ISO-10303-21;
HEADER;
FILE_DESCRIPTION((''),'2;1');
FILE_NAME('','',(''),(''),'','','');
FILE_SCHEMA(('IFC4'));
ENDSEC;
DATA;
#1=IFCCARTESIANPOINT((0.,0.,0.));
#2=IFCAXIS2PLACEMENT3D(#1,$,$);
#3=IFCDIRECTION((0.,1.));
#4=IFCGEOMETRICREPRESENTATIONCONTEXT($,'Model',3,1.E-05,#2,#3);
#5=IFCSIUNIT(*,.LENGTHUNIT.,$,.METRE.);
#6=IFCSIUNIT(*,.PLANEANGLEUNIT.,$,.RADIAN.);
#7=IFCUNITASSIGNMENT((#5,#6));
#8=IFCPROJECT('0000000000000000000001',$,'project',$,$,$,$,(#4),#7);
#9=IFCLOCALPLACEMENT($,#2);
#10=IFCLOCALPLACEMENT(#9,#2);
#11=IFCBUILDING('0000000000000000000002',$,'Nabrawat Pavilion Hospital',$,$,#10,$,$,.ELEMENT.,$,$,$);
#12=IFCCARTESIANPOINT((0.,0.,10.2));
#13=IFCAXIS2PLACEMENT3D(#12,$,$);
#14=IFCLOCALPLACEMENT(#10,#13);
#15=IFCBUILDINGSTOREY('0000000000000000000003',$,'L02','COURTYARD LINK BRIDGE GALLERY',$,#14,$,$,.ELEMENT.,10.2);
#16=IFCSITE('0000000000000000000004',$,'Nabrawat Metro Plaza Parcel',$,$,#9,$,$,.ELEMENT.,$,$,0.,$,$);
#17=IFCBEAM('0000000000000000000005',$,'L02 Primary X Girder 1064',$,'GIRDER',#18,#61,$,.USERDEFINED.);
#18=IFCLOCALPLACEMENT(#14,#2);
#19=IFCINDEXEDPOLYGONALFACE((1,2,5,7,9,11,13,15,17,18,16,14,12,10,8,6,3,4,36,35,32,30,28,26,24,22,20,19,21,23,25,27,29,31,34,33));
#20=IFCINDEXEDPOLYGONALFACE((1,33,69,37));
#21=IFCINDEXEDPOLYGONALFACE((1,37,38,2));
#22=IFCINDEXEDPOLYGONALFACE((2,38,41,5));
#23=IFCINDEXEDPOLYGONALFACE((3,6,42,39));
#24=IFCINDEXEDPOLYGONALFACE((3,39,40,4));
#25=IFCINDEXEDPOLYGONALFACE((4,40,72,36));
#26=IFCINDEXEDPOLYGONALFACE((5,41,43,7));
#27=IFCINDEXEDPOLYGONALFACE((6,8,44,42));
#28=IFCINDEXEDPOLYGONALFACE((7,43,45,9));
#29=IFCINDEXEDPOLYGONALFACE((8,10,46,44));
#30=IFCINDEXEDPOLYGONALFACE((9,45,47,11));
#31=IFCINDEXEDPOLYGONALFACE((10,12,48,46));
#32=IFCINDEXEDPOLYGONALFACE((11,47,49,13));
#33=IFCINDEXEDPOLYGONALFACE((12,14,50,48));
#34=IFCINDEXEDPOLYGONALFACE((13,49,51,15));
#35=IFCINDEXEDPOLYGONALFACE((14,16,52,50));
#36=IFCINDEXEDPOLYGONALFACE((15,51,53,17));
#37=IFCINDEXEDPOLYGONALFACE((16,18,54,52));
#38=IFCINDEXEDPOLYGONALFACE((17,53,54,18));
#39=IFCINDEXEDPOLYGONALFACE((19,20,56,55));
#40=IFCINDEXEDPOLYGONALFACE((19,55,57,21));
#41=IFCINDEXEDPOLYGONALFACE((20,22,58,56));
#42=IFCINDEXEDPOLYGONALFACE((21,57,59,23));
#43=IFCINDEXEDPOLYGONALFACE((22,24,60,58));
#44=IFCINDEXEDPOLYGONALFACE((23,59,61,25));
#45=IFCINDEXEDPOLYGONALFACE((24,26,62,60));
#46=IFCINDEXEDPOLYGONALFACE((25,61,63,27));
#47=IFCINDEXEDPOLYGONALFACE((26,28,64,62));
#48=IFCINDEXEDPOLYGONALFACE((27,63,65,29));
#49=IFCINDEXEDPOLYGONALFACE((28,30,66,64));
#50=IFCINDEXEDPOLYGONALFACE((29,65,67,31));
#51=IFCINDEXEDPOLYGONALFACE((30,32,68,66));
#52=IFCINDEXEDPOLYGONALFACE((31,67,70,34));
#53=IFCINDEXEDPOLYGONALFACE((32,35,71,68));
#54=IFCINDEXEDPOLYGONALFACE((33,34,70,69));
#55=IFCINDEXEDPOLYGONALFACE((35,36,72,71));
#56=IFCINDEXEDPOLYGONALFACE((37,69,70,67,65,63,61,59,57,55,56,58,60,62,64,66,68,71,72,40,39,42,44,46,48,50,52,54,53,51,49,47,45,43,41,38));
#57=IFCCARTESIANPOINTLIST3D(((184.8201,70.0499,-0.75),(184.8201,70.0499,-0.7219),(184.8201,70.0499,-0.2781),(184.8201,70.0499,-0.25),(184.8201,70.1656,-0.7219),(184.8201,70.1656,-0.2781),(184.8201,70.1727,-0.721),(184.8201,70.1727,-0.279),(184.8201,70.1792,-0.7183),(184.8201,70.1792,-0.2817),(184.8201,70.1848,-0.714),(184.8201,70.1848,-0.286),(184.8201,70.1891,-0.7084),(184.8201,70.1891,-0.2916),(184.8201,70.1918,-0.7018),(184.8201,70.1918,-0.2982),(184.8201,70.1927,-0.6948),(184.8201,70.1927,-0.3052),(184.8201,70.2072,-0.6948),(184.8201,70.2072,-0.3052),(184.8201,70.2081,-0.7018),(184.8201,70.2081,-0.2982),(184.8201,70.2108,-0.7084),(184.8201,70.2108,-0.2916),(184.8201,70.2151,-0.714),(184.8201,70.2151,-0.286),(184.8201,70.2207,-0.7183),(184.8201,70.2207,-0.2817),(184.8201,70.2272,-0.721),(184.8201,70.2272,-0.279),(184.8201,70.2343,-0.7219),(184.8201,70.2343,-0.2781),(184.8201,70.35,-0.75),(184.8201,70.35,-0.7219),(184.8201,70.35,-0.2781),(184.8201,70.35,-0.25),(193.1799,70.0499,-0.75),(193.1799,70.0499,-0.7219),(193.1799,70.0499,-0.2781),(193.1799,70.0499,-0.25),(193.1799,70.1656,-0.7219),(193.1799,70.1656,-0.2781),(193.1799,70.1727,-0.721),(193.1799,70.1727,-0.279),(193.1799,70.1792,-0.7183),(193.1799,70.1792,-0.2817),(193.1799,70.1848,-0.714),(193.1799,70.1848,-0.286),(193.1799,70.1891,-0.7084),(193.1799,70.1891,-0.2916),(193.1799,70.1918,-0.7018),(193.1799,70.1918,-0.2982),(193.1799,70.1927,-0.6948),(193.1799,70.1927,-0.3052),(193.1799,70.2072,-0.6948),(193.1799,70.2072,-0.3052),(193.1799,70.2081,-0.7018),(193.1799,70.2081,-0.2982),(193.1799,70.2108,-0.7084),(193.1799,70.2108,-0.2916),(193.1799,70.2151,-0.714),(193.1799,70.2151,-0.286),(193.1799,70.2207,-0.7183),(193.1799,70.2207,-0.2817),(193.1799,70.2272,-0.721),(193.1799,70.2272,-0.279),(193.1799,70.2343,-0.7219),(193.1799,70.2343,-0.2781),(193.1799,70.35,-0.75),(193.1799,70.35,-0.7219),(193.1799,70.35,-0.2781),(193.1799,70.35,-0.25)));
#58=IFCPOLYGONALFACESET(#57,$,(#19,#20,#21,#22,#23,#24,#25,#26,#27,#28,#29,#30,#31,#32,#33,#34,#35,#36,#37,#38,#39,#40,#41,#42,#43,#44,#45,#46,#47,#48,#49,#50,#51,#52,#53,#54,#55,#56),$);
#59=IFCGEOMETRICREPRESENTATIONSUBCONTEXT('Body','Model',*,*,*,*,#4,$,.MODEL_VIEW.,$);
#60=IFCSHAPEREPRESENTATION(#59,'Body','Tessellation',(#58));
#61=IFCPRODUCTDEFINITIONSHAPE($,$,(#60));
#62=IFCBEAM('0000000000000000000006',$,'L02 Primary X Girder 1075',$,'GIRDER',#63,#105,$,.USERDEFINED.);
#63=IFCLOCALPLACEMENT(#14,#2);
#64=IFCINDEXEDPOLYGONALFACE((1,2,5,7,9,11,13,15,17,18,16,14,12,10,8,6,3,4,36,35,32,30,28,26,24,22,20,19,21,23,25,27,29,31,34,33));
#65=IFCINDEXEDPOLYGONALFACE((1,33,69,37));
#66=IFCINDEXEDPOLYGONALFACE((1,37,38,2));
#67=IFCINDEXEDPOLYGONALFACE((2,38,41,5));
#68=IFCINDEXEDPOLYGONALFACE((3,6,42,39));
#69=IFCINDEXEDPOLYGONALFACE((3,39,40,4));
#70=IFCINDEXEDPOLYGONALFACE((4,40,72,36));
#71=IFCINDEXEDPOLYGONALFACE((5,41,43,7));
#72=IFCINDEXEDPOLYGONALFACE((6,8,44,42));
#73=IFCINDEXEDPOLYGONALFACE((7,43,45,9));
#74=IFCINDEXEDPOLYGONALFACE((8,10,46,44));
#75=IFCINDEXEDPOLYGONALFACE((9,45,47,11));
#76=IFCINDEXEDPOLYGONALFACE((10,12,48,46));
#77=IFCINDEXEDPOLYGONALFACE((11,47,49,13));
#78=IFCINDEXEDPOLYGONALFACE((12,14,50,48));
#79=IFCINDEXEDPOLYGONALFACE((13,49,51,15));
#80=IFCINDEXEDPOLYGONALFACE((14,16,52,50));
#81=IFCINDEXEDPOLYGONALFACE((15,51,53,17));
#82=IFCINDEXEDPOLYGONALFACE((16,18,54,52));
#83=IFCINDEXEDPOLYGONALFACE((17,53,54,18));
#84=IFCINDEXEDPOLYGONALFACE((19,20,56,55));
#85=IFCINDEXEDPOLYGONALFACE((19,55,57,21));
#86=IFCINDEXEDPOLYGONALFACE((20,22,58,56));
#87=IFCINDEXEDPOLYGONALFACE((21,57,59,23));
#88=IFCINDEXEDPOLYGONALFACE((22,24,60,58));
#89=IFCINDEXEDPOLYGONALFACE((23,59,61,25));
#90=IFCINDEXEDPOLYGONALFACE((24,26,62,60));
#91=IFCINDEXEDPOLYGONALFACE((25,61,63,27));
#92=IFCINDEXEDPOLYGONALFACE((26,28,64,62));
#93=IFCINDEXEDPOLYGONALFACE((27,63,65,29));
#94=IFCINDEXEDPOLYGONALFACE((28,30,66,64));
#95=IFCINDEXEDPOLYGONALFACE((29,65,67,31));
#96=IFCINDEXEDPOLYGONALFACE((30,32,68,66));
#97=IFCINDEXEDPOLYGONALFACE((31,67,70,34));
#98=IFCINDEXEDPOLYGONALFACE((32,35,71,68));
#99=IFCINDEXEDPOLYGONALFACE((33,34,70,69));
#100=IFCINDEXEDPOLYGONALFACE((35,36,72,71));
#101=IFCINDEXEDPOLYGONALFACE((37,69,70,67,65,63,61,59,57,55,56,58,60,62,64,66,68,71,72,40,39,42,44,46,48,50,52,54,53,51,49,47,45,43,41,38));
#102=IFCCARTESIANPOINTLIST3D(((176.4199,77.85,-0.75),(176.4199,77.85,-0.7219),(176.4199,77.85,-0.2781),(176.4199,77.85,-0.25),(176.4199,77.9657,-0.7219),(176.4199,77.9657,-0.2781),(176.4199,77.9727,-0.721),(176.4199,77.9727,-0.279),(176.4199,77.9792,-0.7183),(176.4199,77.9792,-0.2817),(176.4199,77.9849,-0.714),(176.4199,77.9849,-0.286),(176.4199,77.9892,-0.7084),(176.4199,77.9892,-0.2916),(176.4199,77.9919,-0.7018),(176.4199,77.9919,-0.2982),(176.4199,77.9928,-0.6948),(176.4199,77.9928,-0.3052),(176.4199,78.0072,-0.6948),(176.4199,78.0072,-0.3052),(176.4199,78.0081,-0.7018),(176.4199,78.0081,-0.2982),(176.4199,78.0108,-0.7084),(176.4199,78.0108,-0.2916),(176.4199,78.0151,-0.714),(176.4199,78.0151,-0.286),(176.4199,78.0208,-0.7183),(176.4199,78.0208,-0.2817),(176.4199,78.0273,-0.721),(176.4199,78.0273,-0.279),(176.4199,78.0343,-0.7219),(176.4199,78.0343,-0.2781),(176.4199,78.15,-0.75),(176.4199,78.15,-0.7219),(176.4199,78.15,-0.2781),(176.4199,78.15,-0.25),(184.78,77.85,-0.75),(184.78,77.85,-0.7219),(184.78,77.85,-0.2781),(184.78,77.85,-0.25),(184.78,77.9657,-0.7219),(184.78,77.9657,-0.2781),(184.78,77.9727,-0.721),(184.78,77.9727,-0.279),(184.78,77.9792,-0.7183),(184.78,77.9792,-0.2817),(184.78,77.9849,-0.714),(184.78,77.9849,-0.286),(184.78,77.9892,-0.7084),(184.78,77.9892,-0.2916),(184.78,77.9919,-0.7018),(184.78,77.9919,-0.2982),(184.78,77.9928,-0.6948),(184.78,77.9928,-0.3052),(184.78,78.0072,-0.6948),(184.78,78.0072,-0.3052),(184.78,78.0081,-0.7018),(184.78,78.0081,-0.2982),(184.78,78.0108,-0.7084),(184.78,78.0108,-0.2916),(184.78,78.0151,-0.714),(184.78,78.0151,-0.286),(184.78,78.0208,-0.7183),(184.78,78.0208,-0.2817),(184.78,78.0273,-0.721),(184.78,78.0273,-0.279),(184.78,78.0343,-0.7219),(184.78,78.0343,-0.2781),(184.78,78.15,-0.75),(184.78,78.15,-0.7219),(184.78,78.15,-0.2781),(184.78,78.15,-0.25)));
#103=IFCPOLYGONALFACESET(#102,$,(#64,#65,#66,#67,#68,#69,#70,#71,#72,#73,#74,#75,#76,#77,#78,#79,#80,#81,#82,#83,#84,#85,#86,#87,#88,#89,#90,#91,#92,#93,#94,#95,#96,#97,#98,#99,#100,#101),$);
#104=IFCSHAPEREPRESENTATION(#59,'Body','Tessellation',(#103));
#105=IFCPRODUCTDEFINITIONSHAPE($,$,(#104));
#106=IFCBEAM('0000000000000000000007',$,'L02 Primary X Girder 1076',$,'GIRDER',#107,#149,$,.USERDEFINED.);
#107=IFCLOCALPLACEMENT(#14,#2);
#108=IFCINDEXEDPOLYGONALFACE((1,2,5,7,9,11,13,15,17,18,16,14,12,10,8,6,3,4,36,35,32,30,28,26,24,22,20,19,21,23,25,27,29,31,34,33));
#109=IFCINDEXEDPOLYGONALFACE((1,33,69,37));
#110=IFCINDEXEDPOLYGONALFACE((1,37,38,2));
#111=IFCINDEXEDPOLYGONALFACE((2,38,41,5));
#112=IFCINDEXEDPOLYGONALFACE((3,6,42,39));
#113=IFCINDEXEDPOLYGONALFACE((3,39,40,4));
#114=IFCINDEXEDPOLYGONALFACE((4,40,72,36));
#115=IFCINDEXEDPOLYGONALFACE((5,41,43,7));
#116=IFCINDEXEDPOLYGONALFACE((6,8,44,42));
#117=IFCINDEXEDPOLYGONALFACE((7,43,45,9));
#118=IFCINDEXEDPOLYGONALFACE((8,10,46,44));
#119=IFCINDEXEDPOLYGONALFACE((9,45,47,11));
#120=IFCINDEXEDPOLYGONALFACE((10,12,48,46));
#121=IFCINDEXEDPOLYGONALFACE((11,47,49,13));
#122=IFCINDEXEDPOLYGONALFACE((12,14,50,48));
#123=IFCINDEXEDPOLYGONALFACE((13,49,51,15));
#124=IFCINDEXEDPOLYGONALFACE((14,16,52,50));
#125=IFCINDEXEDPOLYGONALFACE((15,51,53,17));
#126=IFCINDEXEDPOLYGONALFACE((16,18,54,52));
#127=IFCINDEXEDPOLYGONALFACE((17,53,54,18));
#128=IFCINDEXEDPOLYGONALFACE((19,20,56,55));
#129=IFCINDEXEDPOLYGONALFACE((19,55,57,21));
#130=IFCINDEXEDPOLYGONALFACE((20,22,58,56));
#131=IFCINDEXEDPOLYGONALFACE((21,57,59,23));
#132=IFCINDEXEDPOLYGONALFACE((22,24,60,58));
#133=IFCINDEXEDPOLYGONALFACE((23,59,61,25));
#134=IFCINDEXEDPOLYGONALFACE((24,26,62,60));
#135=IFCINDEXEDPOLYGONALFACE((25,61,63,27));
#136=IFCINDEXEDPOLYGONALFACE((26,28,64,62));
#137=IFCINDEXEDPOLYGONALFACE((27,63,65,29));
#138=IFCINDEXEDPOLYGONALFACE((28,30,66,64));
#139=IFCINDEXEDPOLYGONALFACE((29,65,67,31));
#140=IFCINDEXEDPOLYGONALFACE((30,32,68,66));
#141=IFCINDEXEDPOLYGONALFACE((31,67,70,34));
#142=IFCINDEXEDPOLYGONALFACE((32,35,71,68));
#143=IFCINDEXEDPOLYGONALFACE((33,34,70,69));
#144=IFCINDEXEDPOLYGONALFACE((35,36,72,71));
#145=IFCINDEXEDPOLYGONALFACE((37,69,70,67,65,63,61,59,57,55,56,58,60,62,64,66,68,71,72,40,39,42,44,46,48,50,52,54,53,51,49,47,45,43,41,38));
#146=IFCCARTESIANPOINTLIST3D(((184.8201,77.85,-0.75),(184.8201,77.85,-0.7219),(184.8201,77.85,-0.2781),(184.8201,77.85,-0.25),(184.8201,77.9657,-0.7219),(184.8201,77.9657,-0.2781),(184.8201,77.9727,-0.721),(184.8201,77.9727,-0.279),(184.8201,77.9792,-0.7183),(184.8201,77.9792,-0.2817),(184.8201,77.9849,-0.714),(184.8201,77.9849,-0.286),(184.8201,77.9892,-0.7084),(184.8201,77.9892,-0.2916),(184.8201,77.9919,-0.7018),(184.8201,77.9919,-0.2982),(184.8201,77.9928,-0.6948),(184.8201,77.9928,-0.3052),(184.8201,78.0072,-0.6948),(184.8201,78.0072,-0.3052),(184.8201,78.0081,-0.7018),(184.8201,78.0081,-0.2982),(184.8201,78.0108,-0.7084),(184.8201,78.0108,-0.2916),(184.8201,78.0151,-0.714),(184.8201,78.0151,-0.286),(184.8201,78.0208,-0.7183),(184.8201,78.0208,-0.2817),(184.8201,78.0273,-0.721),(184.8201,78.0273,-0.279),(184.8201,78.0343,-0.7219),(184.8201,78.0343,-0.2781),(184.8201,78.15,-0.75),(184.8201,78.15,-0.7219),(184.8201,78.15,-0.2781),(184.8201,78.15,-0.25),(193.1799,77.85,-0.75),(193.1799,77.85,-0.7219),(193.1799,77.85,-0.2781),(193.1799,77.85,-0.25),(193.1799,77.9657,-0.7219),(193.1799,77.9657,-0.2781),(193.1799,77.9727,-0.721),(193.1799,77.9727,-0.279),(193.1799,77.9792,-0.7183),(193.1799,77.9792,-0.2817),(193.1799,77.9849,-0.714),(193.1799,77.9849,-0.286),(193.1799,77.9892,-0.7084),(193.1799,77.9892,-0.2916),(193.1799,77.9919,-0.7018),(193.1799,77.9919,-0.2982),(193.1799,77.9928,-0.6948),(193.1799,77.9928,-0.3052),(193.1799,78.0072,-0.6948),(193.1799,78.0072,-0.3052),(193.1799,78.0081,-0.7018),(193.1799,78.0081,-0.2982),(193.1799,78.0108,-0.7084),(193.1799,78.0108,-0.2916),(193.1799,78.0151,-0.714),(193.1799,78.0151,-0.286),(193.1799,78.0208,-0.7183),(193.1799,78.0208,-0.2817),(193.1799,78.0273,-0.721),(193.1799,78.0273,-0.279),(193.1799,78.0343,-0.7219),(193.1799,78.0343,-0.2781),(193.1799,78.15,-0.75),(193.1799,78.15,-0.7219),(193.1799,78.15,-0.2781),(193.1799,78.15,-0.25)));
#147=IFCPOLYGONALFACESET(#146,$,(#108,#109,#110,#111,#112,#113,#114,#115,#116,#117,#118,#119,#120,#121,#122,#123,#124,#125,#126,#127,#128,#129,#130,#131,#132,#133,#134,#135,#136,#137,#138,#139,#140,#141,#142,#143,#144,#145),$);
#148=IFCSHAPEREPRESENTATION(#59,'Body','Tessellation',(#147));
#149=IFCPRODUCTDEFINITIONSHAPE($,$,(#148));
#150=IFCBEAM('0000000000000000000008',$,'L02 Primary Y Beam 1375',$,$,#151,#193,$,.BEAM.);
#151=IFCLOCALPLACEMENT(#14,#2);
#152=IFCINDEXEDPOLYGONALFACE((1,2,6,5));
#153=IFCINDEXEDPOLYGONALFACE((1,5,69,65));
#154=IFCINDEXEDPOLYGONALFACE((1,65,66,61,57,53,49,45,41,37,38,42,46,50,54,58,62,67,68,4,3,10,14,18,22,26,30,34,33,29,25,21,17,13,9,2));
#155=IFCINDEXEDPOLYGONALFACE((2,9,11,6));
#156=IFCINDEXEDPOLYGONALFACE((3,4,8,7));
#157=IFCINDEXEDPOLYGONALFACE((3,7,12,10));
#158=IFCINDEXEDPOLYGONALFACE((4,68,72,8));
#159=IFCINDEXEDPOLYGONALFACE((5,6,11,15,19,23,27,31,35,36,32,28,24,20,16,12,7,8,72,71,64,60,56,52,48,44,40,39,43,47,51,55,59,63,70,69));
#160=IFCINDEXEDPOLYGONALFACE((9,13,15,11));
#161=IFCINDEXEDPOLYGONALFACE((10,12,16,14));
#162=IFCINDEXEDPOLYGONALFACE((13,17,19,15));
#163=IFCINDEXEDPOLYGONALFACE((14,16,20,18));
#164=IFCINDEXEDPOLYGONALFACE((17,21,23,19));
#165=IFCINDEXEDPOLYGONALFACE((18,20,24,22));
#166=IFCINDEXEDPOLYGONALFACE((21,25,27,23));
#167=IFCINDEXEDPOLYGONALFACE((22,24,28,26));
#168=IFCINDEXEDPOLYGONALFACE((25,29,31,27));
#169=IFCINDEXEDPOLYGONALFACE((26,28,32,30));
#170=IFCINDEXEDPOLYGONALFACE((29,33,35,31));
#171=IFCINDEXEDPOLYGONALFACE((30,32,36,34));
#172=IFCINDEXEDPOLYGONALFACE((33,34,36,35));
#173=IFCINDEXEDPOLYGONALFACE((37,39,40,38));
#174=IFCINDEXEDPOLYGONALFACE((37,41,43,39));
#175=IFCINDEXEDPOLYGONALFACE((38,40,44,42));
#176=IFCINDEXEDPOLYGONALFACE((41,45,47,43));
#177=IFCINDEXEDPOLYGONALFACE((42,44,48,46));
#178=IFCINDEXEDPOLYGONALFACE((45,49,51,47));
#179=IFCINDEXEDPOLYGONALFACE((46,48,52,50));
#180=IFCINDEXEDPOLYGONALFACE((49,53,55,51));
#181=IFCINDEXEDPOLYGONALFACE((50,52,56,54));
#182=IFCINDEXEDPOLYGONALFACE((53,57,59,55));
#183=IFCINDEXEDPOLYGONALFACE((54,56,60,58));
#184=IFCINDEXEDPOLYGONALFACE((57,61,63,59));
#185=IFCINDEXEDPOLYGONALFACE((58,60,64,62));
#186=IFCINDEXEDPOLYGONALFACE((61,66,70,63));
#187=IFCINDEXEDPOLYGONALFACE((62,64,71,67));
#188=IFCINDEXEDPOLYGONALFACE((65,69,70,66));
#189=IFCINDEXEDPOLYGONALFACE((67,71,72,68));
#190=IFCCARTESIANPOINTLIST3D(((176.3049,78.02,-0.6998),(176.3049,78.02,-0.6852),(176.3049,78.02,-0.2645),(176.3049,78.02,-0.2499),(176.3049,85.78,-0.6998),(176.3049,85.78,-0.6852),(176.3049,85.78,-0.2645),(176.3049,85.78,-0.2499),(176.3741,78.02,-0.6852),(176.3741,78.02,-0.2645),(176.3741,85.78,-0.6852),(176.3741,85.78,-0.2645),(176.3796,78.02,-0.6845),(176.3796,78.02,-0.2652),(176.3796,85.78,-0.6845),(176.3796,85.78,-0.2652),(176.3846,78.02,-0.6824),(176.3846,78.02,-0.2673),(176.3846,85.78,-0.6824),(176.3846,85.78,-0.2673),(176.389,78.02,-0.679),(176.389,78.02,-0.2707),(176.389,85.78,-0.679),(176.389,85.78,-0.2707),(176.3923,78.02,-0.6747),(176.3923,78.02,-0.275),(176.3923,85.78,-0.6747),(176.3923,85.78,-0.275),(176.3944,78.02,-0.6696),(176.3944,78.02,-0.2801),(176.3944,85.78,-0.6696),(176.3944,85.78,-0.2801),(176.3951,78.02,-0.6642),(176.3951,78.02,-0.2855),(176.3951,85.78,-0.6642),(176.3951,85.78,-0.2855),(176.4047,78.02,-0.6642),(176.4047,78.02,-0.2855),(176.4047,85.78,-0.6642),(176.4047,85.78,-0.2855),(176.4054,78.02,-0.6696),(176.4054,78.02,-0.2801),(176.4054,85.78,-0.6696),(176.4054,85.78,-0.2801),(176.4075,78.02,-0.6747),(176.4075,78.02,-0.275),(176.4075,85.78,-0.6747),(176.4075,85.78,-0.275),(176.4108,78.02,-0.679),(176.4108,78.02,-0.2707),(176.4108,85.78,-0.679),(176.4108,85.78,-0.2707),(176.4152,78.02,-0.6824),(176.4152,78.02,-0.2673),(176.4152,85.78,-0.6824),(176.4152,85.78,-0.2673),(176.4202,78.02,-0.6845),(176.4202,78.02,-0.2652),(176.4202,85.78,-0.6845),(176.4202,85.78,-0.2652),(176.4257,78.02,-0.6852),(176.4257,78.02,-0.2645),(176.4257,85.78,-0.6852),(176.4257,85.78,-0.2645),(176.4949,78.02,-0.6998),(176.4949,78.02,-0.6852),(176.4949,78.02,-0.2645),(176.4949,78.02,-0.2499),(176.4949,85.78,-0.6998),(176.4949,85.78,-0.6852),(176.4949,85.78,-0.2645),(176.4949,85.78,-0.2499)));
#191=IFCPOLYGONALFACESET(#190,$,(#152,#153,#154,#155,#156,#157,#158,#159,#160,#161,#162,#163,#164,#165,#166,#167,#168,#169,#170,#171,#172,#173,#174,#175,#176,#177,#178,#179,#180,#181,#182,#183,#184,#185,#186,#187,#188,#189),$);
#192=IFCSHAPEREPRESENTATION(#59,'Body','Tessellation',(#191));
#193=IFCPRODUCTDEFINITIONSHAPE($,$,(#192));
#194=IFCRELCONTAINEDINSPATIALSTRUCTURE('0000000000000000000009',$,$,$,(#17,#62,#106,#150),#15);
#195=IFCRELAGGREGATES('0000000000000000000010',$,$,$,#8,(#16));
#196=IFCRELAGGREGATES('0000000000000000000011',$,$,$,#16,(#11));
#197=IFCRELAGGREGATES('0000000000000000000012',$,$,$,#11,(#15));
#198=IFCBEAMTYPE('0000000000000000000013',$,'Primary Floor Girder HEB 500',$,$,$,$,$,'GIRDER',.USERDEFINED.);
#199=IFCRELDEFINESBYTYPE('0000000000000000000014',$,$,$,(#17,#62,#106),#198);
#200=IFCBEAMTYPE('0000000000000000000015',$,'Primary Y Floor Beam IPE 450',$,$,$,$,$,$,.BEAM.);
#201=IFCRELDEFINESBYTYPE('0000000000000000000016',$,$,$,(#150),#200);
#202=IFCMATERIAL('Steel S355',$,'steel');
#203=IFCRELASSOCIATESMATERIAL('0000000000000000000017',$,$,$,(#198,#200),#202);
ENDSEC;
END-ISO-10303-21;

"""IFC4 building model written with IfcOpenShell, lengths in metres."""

from ifc_helpers import new_model, si_unit, direction, frame, origin, origin_2d, place, context, subcontext, project, spatial, i_section, extrude, material, material_profile, profile_set, type_object, element, save


model = new_model("IFC4")

# Units and contexts
model_context = context("Model", 3, precision=1e-05, world=origin(), true_north=direction((0.0, 1.0)))
body_context = subcontext(model_context, "Body", "Model", "MODEL_VIEW")
ifc_project = project(units=[si_unit("LENGTHUNIT", "METRE"), si_unit("PLANEANGLEUNIT", "RADIAN")], contexts=[model_context])

# Site, building, storey
site_placement = place(None, origin())
site = spatial("IfcSite", under=ifc_project, at=site_placement, Name="Nabrawat Metro Plaza Parcel", CompositionType="ELEMENT", RefElevation=0.0)
building_placement = place(site_placement, origin())
building = spatial("IfcBuilding", under=site, at=building_placement, Name="Nabrawat Pavilion Hospital", CompositionType="ELEMENT")
storey_placement = place(building_placement, frame((0.0, 0.0, 10.2)))
storey = spatial("IfcBuildingStorey", under=building, at=storey_placement, Name="L02", Description="COURTYARD LINK BRIDGE GALLERY", CompositionType="ELEMENT", Elevation=10.2)

# Shared definitions
ifc_material_1 = material(Name="Steel S355", Category="steel")

# Beams
ifc_material_profile_1 = material_profile(ifc_material_1, i_section(OverallWidth=0.3, OverallDepth=0.5, WebThickness=0.0144, FlangeThickness=0.0281, FilletRadius=0.0271, at=origin_2d()), Name="HEB 500")
ifc_profile_set_1 = profile_set([ifc_material_profile_1], Name="Steel S355")
beam_type_1 = type_object("IfcBeamType", Name="Primary Floor Girder HEB 500", ElementType="GIRDER", PredefinedType="USERDEFINED", material=ifc_profile_set_1)
beam_1_placement = place(storey_placement, frame((184.8201, 70.2, -0.5), z_axis=(1.0, 0.0, 0.0), x_axis=(0.0, 1.0, 0.0)))
element("IfcBeam", 1, at=beam_1_placement, inside=storey, type_object=beam_type_1, Name="L02 Primary X Girder 1064", ObjectType="GIRDER", PredefinedType="USERDEFINED", context=body_context, shape_type="SweptSolid", body=[
    extrude(i_section(OverallWidth=0.3, OverallDepth=0.5, WebThickness=0.0144, FlangeThickness=0.0281, FilletRadius=0.0271, at=origin_2d()), origin(), (0.0, 0.0, 1.0), 8.3599),
])
beam_2_placement = place(storey_placement, frame((176.4199, 78.0, -0.5), z_axis=(1.0, 0.0, 0.0), x_axis=(0.0, 1.0, 0.0)))
element("IfcBeam", 2, at=beam_2_placement, inside=storey, type_object=beam_type_1, Name="L02 Primary X Girder 1075", ObjectType="GIRDER", PredefinedType="USERDEFINED", context=body_context, shape_type="SweptSolid", body=[
    extrude(i_section(OverallWidth=0.3, OverallDepth=0.5, WebThickness=0.0144, FlangeThickness=0.0281, FilletRadius=0.0271, at=origin_2d()), origin(), (0.0, 0.0, 1.0), 8.3601),
])
beam_3_placement = place(storey_placement, frame((184.8201, 78.0, -0.5), z_axis=(1.0, 0.0, 0.0), x_axis=(0.0, 1.0, 0.0)))
element("IfcBeam", 3, at=beam_3_placement, inside=storey, type_object=beam_type_1, Name="L02 Primary X Girder 1076", ObjectType="GIRDER", PredefinedType="USERDEFINED", context=body_context, shape_type="SweptSolid", body=[
    extrude(i_section(OverallWidth=0.3, OverallDepth=0.5, WebThickness=0.0144, FlangeThickness=0.0281, FilletRadius=0.0271, at=origin_2d()), origin(), (0.0, 0.0, 1.0), 8.3599),
])
ifc_material_profile_2 = material_profile(ifc_material_1, i_section(OverallWidth=0.1899, OverallDepth=0.45, WebThickness=0.0095, FlangeThickness=0.0146, FilletRadius=0.021, at=origin_2d()), Name="IPE 450")
ifc_profile_set_2 = profile_set([ifc_material_profile_2], Name="Steel S355")
beam_type_2 = type_object("IfcBeamType", Name="Primary Y Floor Beam IPE 450", PredefinedType="BEAM", material=ifc_profile_set_2)
for number, where, z_axis, x_axis, name in (
    (4, (176.3999, 78.02, -0.4749), (0.0, 1.0, 0.0), (-1.0, 0.0, 0.0), "L02 Primary Y Beam 1375"),
):
    element("IfcBeam", number, at=place(storey_placement, frame(where, z_axis=z_axis, x_axis=x_axis)), inside=storey, type_object=beam_type_2, Name=name, PredefinedType="BEAM", context=body_context, shape_type="SweptSolid", body=[
        extrude(i_section(OverallWidth=0.1899, OverallDepth=0.45, WebThickness=0.0095, FlangeThickness=0.0146, FilletRadius=0.021, at=origin_2d()), origin(), (0.0, 0.0, 1.0), 7.76),
    ])

save(model, "model.ifc")
